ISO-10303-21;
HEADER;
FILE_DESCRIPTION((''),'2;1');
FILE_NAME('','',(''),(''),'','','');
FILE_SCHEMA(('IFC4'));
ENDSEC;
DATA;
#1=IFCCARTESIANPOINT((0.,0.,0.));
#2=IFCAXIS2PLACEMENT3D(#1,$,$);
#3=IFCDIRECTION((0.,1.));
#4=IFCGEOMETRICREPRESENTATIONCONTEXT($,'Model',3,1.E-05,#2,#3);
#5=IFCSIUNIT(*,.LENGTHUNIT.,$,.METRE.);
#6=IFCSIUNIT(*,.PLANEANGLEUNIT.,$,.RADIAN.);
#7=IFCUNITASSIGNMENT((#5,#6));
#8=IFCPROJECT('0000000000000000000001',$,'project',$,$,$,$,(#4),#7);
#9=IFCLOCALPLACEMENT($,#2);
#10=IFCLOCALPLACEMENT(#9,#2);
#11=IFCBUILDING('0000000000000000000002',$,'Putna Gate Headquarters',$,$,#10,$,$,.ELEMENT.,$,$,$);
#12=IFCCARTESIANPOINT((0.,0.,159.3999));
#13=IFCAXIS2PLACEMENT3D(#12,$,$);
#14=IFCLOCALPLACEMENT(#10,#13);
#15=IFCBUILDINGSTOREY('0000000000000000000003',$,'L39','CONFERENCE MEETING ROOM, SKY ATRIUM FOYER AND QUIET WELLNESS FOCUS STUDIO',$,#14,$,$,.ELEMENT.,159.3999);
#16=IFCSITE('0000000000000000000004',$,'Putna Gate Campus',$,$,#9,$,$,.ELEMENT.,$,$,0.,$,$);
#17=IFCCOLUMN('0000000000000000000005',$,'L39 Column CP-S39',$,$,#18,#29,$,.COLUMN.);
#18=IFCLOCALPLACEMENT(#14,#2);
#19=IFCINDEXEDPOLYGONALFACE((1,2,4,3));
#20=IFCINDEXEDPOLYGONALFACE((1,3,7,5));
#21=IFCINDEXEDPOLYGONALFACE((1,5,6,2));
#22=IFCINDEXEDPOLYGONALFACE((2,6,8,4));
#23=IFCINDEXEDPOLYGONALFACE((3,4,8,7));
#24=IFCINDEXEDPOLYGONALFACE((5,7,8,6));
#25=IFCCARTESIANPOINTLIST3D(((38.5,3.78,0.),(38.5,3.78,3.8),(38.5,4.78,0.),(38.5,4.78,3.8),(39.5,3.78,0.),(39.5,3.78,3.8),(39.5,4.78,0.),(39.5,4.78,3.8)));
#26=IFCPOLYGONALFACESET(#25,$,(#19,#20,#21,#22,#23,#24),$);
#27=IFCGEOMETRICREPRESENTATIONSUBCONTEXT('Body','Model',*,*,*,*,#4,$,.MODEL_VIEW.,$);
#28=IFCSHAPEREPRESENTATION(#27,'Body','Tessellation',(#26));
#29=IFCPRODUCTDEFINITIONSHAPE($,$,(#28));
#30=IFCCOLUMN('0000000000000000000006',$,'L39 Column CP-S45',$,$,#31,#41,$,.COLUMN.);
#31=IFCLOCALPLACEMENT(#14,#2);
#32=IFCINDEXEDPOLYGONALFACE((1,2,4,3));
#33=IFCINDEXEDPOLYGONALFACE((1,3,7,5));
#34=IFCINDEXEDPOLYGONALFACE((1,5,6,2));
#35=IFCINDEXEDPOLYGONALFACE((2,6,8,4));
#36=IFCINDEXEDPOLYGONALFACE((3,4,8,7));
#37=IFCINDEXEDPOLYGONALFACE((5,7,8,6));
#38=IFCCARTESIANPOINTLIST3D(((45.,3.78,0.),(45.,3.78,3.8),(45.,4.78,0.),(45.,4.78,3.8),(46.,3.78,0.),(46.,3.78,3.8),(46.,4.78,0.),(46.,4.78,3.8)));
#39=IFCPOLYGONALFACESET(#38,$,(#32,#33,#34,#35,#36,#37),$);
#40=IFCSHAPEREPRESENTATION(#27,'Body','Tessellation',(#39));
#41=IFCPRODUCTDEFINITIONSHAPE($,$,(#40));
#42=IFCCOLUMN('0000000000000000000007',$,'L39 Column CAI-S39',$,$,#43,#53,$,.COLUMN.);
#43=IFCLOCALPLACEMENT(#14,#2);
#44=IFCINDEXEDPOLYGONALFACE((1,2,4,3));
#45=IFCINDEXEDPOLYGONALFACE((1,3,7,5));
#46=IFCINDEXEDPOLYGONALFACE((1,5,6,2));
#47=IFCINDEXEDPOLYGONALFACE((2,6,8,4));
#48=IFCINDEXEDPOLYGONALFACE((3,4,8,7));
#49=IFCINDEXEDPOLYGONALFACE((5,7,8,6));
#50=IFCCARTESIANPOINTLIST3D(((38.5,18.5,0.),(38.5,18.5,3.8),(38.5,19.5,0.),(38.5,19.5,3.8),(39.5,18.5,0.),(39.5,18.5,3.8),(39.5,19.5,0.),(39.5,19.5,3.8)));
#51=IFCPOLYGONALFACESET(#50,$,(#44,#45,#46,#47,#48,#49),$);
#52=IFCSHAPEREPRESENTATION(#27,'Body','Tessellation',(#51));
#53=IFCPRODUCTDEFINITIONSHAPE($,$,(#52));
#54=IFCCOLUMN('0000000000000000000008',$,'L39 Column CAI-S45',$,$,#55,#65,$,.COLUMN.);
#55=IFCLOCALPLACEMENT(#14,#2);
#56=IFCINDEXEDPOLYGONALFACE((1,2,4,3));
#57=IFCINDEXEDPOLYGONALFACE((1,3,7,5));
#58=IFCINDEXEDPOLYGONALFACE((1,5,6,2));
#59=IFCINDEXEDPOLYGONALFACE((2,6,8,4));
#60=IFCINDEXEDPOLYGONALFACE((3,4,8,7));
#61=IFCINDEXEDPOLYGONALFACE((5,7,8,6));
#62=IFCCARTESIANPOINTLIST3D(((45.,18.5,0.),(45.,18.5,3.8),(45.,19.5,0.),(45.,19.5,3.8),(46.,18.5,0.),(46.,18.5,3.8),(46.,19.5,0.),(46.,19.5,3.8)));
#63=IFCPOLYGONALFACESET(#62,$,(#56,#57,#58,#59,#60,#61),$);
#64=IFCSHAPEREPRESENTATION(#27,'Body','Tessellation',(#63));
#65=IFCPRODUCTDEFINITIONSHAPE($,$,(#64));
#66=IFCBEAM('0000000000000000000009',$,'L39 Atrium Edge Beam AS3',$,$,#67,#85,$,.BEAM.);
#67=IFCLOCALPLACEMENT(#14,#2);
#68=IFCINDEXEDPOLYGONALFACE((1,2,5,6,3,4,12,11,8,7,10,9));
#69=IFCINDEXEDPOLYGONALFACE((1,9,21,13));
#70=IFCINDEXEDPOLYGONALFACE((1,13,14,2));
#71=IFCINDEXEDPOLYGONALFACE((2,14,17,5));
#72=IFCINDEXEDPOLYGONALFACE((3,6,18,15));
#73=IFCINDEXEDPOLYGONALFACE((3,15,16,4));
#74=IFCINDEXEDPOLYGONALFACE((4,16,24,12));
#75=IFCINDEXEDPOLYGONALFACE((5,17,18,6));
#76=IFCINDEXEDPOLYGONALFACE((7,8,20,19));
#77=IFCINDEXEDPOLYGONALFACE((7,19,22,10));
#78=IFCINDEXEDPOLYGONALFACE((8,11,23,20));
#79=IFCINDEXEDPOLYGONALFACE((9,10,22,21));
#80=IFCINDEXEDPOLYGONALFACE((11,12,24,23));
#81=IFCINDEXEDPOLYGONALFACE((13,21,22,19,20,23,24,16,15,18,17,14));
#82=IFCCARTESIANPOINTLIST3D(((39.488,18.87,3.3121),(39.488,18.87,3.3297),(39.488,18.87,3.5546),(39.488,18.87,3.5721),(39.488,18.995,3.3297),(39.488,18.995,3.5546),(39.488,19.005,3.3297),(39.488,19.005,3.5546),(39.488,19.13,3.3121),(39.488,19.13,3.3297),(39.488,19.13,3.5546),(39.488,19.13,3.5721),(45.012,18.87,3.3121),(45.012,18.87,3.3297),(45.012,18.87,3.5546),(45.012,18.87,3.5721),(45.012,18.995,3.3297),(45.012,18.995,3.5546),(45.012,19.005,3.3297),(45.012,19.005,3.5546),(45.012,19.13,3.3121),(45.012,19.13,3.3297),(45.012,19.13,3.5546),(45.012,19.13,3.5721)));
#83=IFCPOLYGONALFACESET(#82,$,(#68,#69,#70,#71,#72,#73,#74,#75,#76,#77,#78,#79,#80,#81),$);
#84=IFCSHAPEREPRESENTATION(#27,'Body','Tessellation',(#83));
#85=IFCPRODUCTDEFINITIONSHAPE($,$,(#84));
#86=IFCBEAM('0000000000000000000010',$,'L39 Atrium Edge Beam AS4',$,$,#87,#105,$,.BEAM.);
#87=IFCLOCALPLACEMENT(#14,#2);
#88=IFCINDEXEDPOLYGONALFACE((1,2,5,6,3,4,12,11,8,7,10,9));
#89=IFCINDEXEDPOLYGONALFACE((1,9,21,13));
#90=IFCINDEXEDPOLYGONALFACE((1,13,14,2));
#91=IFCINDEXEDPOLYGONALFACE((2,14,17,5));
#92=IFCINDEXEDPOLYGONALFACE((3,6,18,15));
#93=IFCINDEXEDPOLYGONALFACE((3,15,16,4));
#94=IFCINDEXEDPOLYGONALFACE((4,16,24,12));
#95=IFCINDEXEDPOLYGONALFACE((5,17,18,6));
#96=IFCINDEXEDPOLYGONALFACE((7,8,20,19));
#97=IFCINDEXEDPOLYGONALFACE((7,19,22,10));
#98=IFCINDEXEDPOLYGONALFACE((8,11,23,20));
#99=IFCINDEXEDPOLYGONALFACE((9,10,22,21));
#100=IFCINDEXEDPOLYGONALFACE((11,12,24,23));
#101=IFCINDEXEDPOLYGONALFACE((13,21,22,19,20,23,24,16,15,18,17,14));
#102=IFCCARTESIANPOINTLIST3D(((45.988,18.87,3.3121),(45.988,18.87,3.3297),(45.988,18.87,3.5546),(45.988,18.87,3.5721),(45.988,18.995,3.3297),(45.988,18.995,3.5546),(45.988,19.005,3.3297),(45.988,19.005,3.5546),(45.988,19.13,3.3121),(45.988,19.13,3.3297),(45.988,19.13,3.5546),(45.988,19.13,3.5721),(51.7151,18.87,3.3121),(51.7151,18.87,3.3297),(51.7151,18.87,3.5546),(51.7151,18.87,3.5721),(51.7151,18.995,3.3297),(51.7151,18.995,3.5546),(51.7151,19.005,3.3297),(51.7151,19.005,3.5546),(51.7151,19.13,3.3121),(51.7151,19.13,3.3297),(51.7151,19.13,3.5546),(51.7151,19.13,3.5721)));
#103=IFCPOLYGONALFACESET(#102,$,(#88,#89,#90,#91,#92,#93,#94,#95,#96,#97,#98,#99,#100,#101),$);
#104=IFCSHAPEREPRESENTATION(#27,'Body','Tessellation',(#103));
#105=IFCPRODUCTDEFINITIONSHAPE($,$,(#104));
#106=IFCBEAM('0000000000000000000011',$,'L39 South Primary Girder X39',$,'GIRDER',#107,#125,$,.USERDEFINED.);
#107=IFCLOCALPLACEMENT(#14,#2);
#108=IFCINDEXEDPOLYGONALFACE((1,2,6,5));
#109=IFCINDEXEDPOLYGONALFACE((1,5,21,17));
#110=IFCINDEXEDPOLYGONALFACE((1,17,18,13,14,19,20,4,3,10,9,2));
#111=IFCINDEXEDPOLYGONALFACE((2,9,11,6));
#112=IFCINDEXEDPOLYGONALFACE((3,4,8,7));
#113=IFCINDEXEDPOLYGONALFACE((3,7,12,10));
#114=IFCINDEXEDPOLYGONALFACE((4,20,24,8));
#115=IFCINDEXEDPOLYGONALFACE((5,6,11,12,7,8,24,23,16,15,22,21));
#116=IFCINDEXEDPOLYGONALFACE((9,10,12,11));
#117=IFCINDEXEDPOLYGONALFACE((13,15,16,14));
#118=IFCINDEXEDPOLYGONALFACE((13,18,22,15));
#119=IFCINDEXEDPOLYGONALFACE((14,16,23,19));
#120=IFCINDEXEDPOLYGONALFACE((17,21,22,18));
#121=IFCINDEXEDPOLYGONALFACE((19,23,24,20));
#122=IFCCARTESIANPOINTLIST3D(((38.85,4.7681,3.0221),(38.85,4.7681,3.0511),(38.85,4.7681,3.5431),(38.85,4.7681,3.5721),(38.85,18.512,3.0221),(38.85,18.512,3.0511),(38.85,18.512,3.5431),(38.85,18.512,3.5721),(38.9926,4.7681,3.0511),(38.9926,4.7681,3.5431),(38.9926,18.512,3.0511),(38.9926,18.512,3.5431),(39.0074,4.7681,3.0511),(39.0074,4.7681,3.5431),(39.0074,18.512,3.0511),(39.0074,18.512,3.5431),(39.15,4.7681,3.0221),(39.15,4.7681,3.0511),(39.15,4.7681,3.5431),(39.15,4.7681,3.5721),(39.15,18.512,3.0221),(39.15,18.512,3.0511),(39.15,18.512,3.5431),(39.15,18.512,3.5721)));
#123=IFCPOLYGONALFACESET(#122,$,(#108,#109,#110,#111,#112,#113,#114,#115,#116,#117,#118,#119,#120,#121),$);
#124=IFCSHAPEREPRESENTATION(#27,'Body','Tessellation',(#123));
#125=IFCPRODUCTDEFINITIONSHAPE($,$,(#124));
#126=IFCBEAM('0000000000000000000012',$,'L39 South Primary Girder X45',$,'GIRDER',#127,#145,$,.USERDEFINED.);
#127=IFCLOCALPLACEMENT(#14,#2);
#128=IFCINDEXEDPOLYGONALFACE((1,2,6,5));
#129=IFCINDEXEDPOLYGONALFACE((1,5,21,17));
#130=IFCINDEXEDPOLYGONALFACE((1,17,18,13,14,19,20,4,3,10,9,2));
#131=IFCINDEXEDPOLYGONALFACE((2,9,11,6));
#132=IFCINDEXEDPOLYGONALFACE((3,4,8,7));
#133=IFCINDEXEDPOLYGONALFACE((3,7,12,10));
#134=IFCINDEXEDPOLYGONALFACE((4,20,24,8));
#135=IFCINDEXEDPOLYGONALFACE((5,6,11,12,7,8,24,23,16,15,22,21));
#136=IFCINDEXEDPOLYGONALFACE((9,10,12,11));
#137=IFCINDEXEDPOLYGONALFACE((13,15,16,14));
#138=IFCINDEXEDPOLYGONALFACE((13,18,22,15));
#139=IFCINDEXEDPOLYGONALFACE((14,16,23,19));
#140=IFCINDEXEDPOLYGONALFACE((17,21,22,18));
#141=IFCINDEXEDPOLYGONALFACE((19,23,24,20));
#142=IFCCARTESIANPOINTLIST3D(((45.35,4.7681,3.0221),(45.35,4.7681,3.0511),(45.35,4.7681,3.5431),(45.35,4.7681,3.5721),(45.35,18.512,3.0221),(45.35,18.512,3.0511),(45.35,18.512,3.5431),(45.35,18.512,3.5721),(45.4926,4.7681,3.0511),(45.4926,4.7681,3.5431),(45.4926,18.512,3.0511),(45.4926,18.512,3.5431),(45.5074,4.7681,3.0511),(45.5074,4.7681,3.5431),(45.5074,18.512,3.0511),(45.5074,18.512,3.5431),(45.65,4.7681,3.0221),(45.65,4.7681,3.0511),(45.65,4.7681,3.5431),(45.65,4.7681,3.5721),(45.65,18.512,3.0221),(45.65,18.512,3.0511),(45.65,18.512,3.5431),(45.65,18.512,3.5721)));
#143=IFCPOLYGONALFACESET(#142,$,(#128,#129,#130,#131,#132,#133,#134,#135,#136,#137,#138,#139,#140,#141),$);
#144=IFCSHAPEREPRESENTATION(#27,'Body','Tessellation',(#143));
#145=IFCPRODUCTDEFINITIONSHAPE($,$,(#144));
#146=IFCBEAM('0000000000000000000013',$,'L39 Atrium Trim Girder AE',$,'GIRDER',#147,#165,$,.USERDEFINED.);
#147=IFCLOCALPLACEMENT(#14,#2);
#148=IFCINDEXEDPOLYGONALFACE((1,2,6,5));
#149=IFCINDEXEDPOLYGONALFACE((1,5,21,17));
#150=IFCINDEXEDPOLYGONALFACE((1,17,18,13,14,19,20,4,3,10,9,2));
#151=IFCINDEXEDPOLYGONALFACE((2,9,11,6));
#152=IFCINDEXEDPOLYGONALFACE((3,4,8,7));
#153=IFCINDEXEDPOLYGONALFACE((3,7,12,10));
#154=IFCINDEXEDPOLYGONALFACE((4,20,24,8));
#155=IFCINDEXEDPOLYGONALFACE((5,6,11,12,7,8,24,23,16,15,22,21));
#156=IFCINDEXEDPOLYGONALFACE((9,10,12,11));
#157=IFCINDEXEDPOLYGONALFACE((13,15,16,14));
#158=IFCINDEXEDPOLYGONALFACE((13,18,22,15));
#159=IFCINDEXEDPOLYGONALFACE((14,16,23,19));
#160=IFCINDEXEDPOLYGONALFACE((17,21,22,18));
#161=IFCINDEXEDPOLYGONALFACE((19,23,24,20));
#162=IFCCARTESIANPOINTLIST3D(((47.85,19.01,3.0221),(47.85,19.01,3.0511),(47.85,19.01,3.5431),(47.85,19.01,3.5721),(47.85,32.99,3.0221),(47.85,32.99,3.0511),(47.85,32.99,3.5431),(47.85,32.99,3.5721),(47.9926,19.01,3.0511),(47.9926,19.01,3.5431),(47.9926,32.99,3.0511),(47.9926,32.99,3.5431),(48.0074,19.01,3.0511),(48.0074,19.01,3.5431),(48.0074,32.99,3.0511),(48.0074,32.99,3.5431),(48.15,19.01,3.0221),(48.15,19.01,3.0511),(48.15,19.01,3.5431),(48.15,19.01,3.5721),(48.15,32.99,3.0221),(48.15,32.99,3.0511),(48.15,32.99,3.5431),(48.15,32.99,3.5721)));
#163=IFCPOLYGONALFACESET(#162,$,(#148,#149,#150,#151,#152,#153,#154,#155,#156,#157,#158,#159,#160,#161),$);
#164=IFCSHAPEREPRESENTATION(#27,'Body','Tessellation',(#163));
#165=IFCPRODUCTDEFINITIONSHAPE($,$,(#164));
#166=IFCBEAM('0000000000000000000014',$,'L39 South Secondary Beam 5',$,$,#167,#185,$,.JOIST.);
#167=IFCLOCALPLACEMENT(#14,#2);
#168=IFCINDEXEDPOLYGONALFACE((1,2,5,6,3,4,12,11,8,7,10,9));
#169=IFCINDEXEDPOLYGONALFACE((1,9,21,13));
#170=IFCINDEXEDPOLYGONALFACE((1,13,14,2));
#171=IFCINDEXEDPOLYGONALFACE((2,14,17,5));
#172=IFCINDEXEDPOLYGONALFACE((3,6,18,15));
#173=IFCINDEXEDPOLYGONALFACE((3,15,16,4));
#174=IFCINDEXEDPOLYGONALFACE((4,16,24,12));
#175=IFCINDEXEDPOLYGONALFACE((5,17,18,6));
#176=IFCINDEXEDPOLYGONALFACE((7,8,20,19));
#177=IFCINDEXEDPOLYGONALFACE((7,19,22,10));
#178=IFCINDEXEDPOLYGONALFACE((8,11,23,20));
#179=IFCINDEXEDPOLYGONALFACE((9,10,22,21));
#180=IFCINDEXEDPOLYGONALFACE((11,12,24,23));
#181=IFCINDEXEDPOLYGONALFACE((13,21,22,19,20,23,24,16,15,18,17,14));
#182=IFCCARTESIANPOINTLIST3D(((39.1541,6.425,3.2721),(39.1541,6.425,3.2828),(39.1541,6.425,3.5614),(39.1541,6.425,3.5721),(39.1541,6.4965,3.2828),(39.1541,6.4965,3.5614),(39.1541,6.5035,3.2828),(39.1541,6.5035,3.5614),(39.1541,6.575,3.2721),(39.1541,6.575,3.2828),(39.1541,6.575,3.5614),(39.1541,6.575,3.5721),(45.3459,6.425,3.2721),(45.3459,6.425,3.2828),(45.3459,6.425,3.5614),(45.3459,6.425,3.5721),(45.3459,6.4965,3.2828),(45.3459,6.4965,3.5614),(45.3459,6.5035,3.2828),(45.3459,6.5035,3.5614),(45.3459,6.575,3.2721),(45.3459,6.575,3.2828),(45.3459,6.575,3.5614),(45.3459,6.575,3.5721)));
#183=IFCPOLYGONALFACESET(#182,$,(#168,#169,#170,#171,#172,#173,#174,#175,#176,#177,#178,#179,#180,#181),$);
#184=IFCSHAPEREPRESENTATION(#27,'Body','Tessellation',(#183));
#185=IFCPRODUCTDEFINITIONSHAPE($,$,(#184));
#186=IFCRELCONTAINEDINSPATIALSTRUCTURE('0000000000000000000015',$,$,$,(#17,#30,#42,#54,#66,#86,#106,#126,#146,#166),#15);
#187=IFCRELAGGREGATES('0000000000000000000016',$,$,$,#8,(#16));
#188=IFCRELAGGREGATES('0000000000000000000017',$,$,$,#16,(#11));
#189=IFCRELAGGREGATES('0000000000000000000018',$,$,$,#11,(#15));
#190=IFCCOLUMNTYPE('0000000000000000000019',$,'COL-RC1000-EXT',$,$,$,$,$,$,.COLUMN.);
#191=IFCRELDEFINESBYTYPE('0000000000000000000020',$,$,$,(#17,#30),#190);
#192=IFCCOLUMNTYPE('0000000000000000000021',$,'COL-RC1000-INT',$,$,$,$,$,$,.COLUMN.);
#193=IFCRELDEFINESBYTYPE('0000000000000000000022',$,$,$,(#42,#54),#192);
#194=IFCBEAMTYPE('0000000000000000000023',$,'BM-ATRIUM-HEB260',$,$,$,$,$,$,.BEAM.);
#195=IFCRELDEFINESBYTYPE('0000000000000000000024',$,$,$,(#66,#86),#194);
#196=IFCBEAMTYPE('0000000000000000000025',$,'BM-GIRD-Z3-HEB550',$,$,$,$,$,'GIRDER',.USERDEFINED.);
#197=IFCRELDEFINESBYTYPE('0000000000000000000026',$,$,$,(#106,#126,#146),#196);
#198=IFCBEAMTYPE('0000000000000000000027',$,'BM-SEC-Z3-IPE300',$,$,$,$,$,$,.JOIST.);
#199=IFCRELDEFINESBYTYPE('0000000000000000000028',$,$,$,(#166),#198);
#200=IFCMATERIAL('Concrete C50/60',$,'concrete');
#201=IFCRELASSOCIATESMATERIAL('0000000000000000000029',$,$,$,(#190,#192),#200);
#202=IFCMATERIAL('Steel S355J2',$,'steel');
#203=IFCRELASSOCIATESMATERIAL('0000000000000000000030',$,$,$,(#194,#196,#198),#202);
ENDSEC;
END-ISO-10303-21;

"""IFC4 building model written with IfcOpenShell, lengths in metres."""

from ifc_helpers import new_model, si_unit, direction, frame, origin, origin_2d, place, context, subcontext, project, spatial, rectangle, i_section, extrude, material, material_profile, profile_set, type_object, element, save


model = new_model("IFC4")

# Units and contexts
model_context = context("Model", 3, precision=1e-05, world=origin(), true_north=direction((0.0, 1.0)))
body_context = subcontext(model_context, "Body", "Model", "MODEL_VIEW")
ifc_project = project(units=[si_unit("LENGTHUNIT", "METRE"), si_unit("PLANEANGLEUNIT", "RADIAN")], contexts=[model_context])

# Site, building, storey
site_placement = place(None, origin())
site = spatial("IfcSite", under=ifc_project, at=site_placement, Name="Putna Gate Campus", CompositionType="ELEMENT", RefElevation=0.0)
building_placement = place(site_placement, origin())
building = spatial("IfcBuilding", under=site, at=building_placement, Name="Putna Gate Headquarters", CompositionType="ELEMENT")
storey_placement = place(building_placement, frame((0.0, 0.0, 159.3999)))
storey = spatial("IfcBuildingStorey", under=building, at=storey_placement, Name="L39", Description="CONFERENCE MEETING ROOM, SKY ATRIUM FOYER AND QUIET WELLNESS FOCUS STUDIO", CompositionType="ELEMENT", Elevation=159.3999)

# Columns
ifc_material_1 = material(Name="Concrete C50/60", Category="concrete")
ifc_material_profile_1 = material_profile(ifc_material_1, rectangle(XDim=1.0, YDim=1.0, at=origin_2d()), Name="Concrete C50/60")
ifc_profile_set_1 = profile_set([ifc_material_profile_1], Name="Concrete C50/60")
column_type_1 = type_object("IfcColumnType", Name="COL-RC1000-EXT", PredefinedType="COLUMN", material=ifc_profile_set_1)
for number, where, z_axis, x_axis, name in (
    (1, (39.0, 4.28, 0.0), (0.0, 0.0, 1.0), (1.0, 0.0, 0.0), "L39 Column CP-S39"),
    (2, (45.5, 4.28, 0.0), (0.0, 0.0, 1.0), (1.0, 0.0, 0.0), "L39 Column CP-S45"),
):
    element("IfcColumn", number, at=place(storey_placement, frame(where, z_axis=z_axis, x_axis=x_axis)), inside=storey, type_object=column_type_1, Name=name, PredefinedType="COLUMN", context=body_context, shape_type="SweptSolid", body=[
        extrude(rectangle(XDim=1.0, YDim=1.0, at=origin_2d()), origin(), (0.0, 0.0, 1.0), 3.8),
    ])
ifc_material_profile_2 = material_profile(ifc_material_1, rectangle(XDim=1.0, YDim=1.0, at=origin_2d()), Name="Concrete C50/60")
ifc_profile_set_2 = profile_set([ifc_material_profile_2], Name="Concrete C50/60")
column_type_2 = type_object("IfcColumnType", Name="COL-RC1000-INT", PredefinedType="COLUMN", material=ifc_profile_set_2)
for number, where, z_axis, x_axis, name in (
    (3, (39.0, 19.0, 0.0), (0.0, 0.0, 1.0), (1.0, 0.0, 0.0), "L39 Column CAI-S39"),
    (4, (45.5, 19.0, 0.0), (0.0, 0.0, 1.0), (1.0, 0.0, 0.0), "L39 Column CAI-S45"),
):
    element("IfcColumn", number, at=place(storey_placement, frame(where, z_axis=z_axis, x_axis=x_axis)), inside=storey, type_object=column_type_2, Name=name, PredefinedType="COLUMN", context=body_context, shape_type="SweptSolid", body=[
        extrude(rectangle(XDim=1.0, YDim=1.0, at=origin_2d()), origin(), (0.0, 0.0, 1.0), 3.8),
    ])

# Beams
ifc_material_2 = material(Name="Steel S355J2", Category="steel")
ifc_material_profile_3 = material_profile(ifc_material_2, i_section(OverallWidth=0.26, OverallDepth=0.26, WebThickness=0.01, FlangeThickness=0.0176, at=origin_2d()), Name="Steel S355J2")
ifc_profile_set_3 = profile_set([ifc_material_profile_3], Name="Steel S355J2")
beam_type_1 = type_object("IfcBeamType", Name="BM-ATRIUM-HEB260", PredefinedType="BEAM", material=ifc_profile_set_3)
beam_1_placement = place(storey_placement, frame((39.488, 19.0, 3.4421), z_axis=(1.0, 0.0, 0.0), x_axis=(0.0, 1.0, 0.0)))
element("IfcBeam", 5, at=beam_1_placement, inside=storey, type_object=beam_type_1, Name="L39 Atrium Edge Beam AS3", PredefinedType="BEAM", context=body_context, shape_type="SweptSolid", body=[
    extrude(i_section(OverallWidth=0.26, OverallDepth=0.26, WebThickness=0.01, FlangeThickness=0.0176, at=origin_2d()), origin(), (0.0, 0.0, 1.0), 5.5239),
])
beam_2_placement = place(storey_placement, frame((45.988, 19.0, 3.4421), z_axis=(1.0, 0.0, 0.0), x_axis=(0.0, 1.0, 0.0)))
element("IfcBeam", 6, at=beam_2_placement, inside=storey, type_object=beam_type_1, Name="L39 Atrium Edge Beam AS4", PredefinedType="BEAM", context=body_context, shape_type="SweptSolid", body=[
    extrude(i_section(OverallWidth=0.26, OverallDepth=0.26, WebThickness=0.01, FlangeThickness=0.0176, at=origin_2d()), origin(), (0.0, 0.0, 1.0), 5.7271),
])
ifc_material_profile_4 = material_profile(ifc_material_2, i_section(OverallWidth=0.3, OverallDepth=0.55, WebThickness=0.0149, FlangeThickness=0.0291, at=origin_2d()), Name="Steel S355J2")
ifc_profile_set_4 = profile_set([ifc_material_profile_4], Name="Steel S355J2")
beam_type_2 = type_object("IfcBeamType", Name="BM-GIRD-Z3-HEB550", ElementType="GIRDER", PredefinedType="USERDEFINED", material=ifc_profile_set_4)
for number, where, z_axis, x_axis, name in (
    (7, (39.0, 4.7681, 3.2971), (0.0, 1.0, 0.0), (-1.0, 0.0, 0.0), "L39 South Primary Girder X39"),
    (8, (45.5, 4.7681, 3.2971), (0.0, 1.0, 0.0), (-1.0, 0.0, 0.0), "L39 South Primary Girder X45"),
):
    element("IfcBeam", number, at=place(storey_placement, frame(where, z_axis=z_axis, x_axis=x_axis)), inside=storey, type_object=beam_type_2, Name=name, ObjectType="GIRDER", PredefinedType="USERDEFINED", context=body_context, shape_type="SweptSolid", body=[
        extrude(i_section(OverallWidth=0.3, OverallDepth=0.55, WebThickness=0.0149, FlangeThickness=0.0291, at=origin_2d()), origin(), (0.0, 0.0, 1.0), 13.7439),
    ])
beam_3_placement = place(storey_placement, frame((48.0, 19.01, 3.2971), z_axis=(0.0, 1.0, 0.0), x_axis=(-1.0, 0.0, 0.0)))
element("IfcBeam", 9, at=beam_3_placement, inside=storey, type_object=beam_type_2, Name="L39 Atrium Trim Girder AE", ObjectType="GIRDER", PredefinedType="USERDEFINED", context=body_context, shape_type="SweptSolid", body=[
    extrude(i_section(OverallWidth=0.3, OverallDepth=0.55, WebThickness=0.0149, FlangeThickness=0.0291, at=origin_2d()), origin(), (0.0, 0.0, 1.0), 13.98),
])
ifc_material_profile_5 = material_profile(ifc_material_2, i_section(OverallWidth=0.1499, OverallDepth=0.3, WebThickness=0.0071, FlangeThickness=0.0107, at=origin_2d()), Name="Steel S355J2")
ifc_profile_set_5 = profile_set([ifc_material_profile_5], Name="Steel S355J2")
beam_type_3 = type_object("IfcBeamType", Name="BM-SEC-Z3-IPE300", PredefinedType="JOIST", material=ifc_profile_set_5)
for number, where, z_axis, x_axis, name in (
    (10, (39.1541, 6.5, 3.4221), (1.0, 0.0, 0.0), (0.0, 1.0, 0.0), "L39 South Secondary Beam 5"),
):
    element("IfcBeam", number, at=place(storey_placement, frame(where, z_axis=z_axis, x_axis=x_axis)), inside=storey, type_object=beam_type_3, Name=name, PredefinedType="JOIST", context=body_context, shape_type="SweptSolid", body=[
        extrude(i_section(OverallWidth=0.1499, OverallDepth=0.3, WebThickness=0.0071, FlangeThickness=0.0107, at=origin_2d()), origin(), (0.0, 0.0, 1.0), 6.1919),
    ])

save(model, "model.ifc")
